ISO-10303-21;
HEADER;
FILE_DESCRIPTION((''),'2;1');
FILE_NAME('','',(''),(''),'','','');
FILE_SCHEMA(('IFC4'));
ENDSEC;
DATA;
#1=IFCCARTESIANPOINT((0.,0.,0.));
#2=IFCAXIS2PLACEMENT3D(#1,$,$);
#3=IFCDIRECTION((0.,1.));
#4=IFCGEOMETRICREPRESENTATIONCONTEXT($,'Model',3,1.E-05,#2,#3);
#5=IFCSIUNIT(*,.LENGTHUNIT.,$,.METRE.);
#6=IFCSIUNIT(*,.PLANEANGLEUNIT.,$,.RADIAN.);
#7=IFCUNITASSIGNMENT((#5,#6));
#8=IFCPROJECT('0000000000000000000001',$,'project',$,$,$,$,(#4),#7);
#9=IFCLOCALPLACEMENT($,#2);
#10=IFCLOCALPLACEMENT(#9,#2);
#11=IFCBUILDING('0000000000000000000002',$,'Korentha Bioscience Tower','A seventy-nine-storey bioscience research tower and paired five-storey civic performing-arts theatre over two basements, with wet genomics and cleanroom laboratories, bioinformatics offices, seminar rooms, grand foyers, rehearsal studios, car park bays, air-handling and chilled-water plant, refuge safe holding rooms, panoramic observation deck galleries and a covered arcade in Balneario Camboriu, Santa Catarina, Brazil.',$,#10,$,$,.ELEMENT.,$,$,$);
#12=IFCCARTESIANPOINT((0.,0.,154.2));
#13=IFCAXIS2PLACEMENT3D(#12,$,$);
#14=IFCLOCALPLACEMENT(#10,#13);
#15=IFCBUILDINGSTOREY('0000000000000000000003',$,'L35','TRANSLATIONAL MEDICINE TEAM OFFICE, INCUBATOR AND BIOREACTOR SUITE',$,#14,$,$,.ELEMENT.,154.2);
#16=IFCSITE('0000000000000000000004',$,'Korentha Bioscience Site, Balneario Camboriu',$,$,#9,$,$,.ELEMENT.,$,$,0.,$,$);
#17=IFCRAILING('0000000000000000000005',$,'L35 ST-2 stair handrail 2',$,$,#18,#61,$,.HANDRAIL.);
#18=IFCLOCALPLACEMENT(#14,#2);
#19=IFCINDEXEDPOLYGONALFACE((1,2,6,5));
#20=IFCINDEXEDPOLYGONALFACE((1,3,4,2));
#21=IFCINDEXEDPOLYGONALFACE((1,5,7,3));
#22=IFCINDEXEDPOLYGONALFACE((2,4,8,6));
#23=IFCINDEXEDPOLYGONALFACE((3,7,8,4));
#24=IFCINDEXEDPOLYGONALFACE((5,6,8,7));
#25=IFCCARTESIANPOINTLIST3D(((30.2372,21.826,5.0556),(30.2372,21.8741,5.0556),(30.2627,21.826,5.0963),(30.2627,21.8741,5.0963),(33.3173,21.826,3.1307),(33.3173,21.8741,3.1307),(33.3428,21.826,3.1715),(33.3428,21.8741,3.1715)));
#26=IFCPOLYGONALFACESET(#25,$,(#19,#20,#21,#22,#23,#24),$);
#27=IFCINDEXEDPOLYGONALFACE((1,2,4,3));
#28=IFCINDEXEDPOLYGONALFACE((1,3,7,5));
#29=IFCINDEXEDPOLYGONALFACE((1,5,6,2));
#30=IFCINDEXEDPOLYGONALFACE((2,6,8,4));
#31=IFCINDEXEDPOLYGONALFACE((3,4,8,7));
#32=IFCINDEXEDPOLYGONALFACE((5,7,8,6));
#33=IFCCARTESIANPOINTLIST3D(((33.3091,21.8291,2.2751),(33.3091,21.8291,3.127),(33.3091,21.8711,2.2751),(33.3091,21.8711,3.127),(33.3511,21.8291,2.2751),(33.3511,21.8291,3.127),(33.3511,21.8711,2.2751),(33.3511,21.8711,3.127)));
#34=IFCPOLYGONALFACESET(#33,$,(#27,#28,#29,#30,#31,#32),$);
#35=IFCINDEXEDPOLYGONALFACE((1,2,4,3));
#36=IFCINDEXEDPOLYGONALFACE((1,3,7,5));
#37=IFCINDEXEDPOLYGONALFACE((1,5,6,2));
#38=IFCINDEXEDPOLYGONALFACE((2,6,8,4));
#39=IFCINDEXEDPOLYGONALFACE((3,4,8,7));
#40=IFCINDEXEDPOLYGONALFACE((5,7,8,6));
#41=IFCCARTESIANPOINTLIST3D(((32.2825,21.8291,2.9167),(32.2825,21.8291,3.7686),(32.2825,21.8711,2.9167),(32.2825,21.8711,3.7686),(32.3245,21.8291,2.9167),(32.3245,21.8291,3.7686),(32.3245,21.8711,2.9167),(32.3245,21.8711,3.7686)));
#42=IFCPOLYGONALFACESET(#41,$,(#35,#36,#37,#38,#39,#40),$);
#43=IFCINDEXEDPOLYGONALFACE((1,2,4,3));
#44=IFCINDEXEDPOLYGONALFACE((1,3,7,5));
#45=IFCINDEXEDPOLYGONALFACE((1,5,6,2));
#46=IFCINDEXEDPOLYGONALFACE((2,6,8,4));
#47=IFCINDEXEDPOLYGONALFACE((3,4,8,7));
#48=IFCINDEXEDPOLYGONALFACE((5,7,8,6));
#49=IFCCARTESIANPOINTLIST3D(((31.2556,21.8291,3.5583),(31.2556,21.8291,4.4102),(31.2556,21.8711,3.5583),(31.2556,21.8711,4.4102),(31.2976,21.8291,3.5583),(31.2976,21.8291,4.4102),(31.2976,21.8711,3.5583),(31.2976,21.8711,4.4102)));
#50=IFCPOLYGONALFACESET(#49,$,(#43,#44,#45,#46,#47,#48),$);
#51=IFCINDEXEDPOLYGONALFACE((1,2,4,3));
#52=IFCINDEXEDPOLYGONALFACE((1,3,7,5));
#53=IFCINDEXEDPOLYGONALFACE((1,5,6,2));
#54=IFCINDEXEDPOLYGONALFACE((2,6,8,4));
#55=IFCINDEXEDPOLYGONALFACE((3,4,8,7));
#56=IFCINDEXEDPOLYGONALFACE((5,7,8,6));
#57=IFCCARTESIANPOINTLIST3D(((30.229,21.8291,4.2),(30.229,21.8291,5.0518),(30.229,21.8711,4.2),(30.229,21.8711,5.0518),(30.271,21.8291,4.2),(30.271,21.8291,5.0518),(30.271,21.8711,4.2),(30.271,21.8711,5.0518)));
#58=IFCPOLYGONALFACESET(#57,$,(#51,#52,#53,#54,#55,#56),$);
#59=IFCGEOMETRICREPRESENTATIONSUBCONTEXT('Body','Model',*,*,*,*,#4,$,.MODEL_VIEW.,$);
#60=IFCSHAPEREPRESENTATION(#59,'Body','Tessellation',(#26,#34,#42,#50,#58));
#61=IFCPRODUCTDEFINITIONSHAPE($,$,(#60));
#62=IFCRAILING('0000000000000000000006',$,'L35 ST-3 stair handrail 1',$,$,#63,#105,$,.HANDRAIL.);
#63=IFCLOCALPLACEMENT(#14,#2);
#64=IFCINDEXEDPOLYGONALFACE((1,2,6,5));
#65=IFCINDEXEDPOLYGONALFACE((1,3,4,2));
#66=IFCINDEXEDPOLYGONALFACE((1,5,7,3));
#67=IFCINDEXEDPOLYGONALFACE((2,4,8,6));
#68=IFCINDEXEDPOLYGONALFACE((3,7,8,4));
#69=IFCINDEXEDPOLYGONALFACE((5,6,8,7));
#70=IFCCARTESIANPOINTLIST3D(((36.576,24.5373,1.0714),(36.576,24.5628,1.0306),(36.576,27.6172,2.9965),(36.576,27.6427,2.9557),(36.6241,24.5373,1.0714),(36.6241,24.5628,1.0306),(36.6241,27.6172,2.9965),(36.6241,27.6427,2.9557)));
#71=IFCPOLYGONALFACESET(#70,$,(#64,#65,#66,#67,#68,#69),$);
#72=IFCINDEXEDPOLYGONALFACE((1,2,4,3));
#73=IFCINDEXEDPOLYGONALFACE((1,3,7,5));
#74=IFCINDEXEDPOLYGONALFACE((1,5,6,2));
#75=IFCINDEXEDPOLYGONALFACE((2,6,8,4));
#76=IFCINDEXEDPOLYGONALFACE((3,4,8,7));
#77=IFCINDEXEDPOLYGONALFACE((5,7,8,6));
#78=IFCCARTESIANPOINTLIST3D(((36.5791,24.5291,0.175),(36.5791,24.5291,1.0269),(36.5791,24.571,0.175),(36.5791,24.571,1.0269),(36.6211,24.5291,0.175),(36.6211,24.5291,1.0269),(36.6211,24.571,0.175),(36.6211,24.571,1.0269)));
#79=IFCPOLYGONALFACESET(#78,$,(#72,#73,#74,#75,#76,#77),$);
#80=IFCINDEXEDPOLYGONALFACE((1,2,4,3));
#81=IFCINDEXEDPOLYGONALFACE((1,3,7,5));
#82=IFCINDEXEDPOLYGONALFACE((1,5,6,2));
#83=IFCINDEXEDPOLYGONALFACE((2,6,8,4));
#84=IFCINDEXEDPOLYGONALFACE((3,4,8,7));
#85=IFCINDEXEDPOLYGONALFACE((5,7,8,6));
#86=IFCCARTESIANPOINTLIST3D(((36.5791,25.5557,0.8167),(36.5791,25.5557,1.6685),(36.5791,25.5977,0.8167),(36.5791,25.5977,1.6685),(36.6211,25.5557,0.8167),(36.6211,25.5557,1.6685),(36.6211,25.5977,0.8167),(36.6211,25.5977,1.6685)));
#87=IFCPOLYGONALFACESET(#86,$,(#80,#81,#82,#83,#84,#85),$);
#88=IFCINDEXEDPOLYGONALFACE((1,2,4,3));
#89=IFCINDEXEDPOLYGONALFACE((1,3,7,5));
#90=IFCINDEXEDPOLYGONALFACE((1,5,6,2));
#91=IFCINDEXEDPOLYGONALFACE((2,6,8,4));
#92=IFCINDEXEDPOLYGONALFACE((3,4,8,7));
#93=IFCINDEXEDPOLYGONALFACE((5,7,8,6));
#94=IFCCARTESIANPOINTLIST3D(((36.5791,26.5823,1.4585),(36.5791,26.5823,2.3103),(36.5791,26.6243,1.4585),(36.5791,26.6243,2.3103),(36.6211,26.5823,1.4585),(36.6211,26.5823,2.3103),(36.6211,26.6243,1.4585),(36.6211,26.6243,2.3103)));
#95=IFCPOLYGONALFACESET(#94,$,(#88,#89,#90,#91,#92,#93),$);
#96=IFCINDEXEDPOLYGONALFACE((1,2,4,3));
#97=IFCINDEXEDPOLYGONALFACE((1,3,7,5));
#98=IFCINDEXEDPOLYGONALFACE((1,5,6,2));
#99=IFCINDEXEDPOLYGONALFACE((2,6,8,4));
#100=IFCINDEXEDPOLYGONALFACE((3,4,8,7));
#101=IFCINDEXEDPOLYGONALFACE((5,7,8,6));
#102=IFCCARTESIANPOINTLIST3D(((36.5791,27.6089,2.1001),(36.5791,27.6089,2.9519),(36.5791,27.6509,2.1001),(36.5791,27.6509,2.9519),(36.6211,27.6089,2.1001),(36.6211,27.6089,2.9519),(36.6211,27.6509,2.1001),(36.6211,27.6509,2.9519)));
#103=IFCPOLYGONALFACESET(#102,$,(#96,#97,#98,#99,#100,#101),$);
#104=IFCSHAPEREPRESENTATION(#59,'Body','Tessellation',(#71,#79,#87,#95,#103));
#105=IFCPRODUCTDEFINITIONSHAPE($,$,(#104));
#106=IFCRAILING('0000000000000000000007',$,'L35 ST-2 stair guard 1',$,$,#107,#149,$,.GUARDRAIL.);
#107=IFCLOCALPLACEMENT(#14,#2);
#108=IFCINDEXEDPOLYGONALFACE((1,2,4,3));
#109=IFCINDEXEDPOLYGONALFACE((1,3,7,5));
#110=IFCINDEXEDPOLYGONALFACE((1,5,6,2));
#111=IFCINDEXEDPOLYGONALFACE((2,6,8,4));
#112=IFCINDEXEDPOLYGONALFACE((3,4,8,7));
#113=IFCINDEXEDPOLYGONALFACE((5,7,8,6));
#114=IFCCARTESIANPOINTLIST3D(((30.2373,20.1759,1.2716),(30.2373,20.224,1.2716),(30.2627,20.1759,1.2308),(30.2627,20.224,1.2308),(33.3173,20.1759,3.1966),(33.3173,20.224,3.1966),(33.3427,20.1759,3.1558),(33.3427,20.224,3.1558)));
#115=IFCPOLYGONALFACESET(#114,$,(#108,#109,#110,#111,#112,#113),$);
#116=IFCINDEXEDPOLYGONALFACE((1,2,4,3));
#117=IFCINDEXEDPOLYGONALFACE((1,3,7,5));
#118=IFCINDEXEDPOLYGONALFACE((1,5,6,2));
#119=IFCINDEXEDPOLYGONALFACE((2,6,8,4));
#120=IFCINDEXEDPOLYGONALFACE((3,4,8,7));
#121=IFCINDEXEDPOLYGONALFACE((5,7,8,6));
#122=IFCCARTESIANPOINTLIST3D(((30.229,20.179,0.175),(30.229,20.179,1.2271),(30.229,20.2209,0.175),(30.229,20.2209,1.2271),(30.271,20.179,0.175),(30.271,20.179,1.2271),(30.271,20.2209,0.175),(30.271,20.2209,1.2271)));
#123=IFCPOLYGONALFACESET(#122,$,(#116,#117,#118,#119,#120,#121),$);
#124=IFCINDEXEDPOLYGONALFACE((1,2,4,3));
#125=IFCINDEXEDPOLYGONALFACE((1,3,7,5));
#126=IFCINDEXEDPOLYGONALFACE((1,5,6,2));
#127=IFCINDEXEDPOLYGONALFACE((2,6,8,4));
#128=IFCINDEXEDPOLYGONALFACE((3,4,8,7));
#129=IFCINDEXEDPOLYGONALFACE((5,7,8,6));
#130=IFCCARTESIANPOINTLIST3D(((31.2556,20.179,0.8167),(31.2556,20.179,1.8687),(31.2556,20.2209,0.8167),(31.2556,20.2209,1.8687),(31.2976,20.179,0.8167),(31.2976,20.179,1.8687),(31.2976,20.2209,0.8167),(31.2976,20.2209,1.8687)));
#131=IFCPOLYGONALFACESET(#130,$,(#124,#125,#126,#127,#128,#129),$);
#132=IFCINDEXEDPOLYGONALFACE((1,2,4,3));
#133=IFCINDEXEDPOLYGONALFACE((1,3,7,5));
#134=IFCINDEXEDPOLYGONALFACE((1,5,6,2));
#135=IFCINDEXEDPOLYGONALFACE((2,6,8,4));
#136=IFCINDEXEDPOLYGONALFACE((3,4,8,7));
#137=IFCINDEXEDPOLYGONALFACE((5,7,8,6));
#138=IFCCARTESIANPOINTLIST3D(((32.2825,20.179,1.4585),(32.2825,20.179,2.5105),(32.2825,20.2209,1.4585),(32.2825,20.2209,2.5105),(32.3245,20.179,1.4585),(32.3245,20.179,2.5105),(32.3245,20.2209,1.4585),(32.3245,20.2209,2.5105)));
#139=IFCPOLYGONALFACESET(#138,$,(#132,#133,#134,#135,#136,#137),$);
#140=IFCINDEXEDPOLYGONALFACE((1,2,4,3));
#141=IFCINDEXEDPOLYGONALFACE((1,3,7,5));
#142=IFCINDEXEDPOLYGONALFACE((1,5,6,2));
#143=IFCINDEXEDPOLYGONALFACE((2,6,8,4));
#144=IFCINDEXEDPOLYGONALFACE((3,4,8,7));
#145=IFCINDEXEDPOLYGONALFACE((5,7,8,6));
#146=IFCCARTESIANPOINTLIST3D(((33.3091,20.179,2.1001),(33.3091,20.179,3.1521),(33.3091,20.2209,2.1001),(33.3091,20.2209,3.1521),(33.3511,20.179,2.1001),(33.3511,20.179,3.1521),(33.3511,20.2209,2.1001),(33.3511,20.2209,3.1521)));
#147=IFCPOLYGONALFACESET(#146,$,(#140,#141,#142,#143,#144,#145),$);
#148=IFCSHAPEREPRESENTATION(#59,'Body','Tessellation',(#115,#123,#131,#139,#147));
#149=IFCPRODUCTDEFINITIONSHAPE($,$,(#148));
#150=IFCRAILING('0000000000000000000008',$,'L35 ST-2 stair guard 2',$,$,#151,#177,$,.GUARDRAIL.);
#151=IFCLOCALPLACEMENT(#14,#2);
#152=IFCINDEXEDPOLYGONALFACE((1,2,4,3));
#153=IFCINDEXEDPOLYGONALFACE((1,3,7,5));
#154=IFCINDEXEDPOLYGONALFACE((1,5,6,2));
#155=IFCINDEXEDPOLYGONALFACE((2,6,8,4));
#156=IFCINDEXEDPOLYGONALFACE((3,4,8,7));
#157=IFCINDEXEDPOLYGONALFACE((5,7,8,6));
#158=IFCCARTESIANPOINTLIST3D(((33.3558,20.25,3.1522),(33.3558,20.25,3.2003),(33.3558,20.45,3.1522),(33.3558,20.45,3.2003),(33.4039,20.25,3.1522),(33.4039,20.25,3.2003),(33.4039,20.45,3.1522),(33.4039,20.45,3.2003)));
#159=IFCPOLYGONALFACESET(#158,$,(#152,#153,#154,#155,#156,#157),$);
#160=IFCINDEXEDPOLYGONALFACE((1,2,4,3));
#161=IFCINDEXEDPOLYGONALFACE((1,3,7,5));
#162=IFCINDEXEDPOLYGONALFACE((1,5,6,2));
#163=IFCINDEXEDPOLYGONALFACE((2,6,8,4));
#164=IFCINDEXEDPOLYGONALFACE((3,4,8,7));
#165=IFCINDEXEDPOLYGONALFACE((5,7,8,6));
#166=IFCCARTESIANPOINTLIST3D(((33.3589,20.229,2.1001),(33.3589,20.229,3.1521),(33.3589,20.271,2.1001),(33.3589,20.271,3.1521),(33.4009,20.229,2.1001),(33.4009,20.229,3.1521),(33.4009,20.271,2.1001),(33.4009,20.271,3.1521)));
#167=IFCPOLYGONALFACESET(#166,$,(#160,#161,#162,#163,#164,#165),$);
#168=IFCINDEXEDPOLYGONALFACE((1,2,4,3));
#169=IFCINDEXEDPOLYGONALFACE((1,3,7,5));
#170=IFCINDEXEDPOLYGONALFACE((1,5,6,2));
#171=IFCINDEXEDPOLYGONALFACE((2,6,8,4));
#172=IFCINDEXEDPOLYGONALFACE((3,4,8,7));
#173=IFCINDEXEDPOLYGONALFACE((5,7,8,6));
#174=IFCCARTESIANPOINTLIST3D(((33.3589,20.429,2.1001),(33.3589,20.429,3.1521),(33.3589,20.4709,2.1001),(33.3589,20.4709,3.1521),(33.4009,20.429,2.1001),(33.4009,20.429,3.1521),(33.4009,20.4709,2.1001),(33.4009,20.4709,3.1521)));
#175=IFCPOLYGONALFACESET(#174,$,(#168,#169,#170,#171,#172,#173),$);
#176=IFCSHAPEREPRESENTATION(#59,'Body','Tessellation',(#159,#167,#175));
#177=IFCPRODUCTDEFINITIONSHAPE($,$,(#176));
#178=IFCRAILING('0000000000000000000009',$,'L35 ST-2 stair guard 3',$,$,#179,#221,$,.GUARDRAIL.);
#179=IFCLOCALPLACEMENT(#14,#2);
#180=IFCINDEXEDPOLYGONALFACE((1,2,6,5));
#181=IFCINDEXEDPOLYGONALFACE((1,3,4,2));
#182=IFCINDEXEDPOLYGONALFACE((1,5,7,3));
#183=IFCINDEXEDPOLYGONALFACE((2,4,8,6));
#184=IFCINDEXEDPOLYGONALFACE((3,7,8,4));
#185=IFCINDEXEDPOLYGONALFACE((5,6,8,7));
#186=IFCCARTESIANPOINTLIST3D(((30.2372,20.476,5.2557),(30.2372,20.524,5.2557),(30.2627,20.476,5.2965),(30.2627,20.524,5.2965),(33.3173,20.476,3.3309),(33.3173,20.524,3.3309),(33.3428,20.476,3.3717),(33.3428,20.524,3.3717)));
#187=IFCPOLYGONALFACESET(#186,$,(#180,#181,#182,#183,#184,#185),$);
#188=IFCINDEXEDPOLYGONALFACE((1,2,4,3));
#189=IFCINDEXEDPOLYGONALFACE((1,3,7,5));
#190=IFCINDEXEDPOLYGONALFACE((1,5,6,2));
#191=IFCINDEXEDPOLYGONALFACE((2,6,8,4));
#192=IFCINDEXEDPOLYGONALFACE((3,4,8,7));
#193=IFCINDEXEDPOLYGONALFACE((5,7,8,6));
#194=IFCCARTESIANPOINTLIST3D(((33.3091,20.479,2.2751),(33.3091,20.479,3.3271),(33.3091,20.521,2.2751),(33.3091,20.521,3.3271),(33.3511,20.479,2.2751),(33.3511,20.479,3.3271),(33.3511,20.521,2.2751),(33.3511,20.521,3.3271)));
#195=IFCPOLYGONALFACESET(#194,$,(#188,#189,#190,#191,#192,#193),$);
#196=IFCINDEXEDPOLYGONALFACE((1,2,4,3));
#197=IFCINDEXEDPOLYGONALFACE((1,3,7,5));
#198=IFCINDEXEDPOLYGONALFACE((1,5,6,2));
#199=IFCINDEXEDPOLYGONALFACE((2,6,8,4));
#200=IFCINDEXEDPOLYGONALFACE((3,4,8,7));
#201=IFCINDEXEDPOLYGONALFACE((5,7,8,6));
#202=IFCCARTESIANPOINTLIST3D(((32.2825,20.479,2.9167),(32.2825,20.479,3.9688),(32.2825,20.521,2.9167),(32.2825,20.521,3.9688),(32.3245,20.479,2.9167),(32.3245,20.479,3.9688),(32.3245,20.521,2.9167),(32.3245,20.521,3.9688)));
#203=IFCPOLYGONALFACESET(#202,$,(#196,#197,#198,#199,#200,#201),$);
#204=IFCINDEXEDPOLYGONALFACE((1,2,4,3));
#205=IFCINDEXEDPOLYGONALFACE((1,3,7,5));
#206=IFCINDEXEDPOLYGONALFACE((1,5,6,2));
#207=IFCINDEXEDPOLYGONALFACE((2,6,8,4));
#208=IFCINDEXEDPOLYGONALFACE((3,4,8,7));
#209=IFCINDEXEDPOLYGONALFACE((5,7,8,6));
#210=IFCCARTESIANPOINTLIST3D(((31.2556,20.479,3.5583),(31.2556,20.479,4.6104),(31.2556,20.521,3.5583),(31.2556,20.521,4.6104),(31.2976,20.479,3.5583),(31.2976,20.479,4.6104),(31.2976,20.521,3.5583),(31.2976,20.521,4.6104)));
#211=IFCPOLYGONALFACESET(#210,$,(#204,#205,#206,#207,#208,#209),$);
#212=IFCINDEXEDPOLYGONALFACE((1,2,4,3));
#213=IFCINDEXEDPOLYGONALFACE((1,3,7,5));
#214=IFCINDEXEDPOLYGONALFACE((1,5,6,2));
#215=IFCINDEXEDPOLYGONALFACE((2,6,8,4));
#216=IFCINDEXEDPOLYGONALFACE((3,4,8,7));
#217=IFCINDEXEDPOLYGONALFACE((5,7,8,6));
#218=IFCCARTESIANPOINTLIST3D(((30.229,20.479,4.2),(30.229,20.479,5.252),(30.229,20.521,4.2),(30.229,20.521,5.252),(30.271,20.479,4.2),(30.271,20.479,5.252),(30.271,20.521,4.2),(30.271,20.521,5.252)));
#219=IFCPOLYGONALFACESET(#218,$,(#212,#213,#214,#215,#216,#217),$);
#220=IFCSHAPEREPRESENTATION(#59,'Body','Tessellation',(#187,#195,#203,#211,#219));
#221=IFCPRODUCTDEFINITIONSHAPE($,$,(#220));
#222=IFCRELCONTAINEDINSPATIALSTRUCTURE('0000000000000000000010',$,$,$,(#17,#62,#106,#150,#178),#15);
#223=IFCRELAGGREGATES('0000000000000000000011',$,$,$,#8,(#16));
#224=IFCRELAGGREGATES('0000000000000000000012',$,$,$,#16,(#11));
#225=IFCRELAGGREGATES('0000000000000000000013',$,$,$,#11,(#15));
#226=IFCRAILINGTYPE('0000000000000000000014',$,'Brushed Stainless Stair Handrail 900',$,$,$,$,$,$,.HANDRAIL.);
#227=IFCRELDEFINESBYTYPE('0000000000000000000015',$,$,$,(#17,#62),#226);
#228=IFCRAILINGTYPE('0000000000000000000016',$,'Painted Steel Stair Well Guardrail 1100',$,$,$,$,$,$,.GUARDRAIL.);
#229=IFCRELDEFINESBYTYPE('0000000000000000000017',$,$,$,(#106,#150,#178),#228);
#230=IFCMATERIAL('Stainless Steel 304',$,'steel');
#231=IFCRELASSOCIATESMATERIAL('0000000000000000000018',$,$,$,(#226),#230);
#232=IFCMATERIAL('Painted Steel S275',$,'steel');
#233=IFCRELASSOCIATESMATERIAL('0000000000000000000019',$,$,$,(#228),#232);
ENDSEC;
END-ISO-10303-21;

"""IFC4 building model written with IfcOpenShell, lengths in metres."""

from ifc_helpers import new_model, si_unit, direction, frame, origin, origin_2d, place, context, subcontext, project, spatial, rectangle, extrude, material, type_object, element, save


model = new_model("IFC4")

# Units and contexts
model_context = context("Model", 3, precision=1e-05, world=origin(), true_north=direction((0.0, 1.0)))
body_context = subcontext(model_context, "Body", "Model", "MODEL_VIEW")
ifc_project = project(units=[si_unit("LENGTHUNIT", "METRE"), si_unit("PLANEANGLEUNIT", "RADIAN")], contexts=[model_context])

# Site, building, storey
site_placement = place(None, origin())
site = spatial("IfcSite", under=ifc_project, at=site_placement, Name="Korentha Bioscience Site, Balneario Camboriu", CompositionType="ELEMENT", RefElevation=0.0)
building_placement = place(site_placement, origin())
building = spatial("IfcBuilding", under=site, at=building_placement, Name="Korentha Bioscience Tower", Description="A seventy-nine-storey bioscience research tower and paired five-storey civic performing-arts theatre over two basements, with wet genomics and cleanroom laboratories, bioinformatics offices, seminar rooms, grand foyers, rehearsal studios, car park bays, air-handling and chilled-water plant, refuge safe holding rooms, panoramic observation deck galleries and a covered arcade in Balneario Camboriu, Santa Catarina, Brazil.", CompositionType="ELEMENT")
storey_placement = place(building_placement, frame((0.0, 0.0, 154.2)))
storey = spatial("IfcBuildingStorey", under=building, at=storey_placement, Name="L35", Description="TRANSLATIONAL MEDICINE TEAM OFFICE, INCUBATOR AND BIOREACTOR SUITE", CompositionType="ELEMENT", Elevation=154.2)

# Railings
ifc_material_1 = material(Name="Stainless Steel 304", Category="steel")
railing_type_1 = type_object("IfcRailingType", Name="Brushed Stainless Stair Handrail 900", PredefinedType="HANDRAIL", material=ifc_material_1)
railing_1_placement = place(storey_placement, frame((33.3301, 21.8501, 2.2751)))
element("IfcRailing", 1, at=railing_1_placement, inside=storey, type_object=railing_type_1, Name="L35 ST-2 stair handrail 2", PredefinedType="HANDRAIL", context=body_context, shape_type="SweptSolid", body=[
    extrude(rectangle(XDim=0.0481, YDim=0.0481, at=origin_2d()), frame((0.0, 0.0, 0.876), z_axis=(-0.848029, 0.0, 0.529951), x_axis=(0.0, -1.0, 0.0)), (0.0, 0.0, 1.0), 3.6321),
    extrude(rectangle(XDim=0.042, YDim=0.042, at=origin_2d()), origin(), (0.0, 0.0, 1.0), 0.8518),
    extrude(rectangle(XDim=0.042, YDim=0.042, at=origin_2d()), frame((-1.0266, 0.0, 0.6416)), (0.0, 0.0, 1.0), 0.8518),
    extrude(rectangle(XDim=0.042, YDim=0.042, at=origin_2d()), frame((-2.0535, 0.0, 1.2832)), (0.0, 0.0, 1.0), 0.8518),
    extrude(rectangle(XDim=0.042, YDim=0.042, at=origin_2d()), frame((-3.0801, 0.0, 1.9248)), (0.0, 0.0, 1.0), 0.8518),
])
railing_2_placement = place(storey_placement, frame((36.6001, 24.55, 0.175)))
element("IfcRailing", 2, at=railing_2_placement, inside=storey, type_object=railing_type_1, Name="L35 ST-3 stair handrail 1", PredefinedType="HANDRAIL", context=body_context, shape_type="SweptSolid", body=[
    extrude(rectangle(XDim=0.0481, YDim=0.0481, at=origin_2d()), frame((0.0, 0.0, 0.876), z_axis=(0.0, 0.847979, 0.530029), x_axis=(-1.0, 0.0, 0.0)), (0.0, 0.0, 1.0), 3.6321),
    extrude(rectangle(XDim=0.042, YDim=0.042, at=origin_2d()), origin(), (0.0, 0.0, 1.0), 0.8518),
    extrude(rectangle(XDim=0.042, YDim=0.042, at=origin_2d()), frame((0.0, 1.0266, 0.6416)), (0.0, 0.0, 1.0), 0.8518),
    extrude(rectangle(XDim=0.042, YDim=0.042, at=origin_2d()), frame((0.0, 2.0532, 1.2834)), (0.0, 0.0, 1.0), 0.8518),
    extrude(rectangle(XDim=0.042, YDim=0.042, at=origin_2d()), frame((0.0, 3.0798, 1.925)), (0.0, 0.0, 1.0), 0.8518),
])
ifc_material_2 = material(Name="Painted Steel S275", Category="steel")
railing_type_2 = type_object("IfcRailingType", Name="Painted Steel Stair Well Guardrail 1100", PredefinedType="GUARDRAIL", material=ifc_material_2)
railing_3_placement = place(storey_placement, frame((30.25, 20.2, 0.175)))
element("IfcRailing", 3, at=railing_3_placement, inside=storey, type_object=railing_type_2, Name="L35 ST-2 stair guard 1", PredefinedType="GUARDRAIL", context=body_context, shape_type="SweptSolid", body=[
    extrude(rectangle(XDim=0.0481, YDim=0.0481, at=origin_2d()), frame((0.0, 0.0, 1.0762), z_axis=(0.847998, 0.0, 0.529999), x_axis=(0.0, 1.0, 0.0)), (0.0, 0.0, 1.0), 3.6321),
    extrude(rectangle(XDim=0.042, YDim=0.042, at=origin_2d()), origin(), (0.0, 0.0, 1.0), 1.052),
    extrude(rectangle(XDim=0.042, YDim=0.042, at=origin_2d()), frame((1.0266, 0.0, 0.6416)), (0.0, 0.0, 1.0), 1.052),
    extrude(rectangle(XDim=0.042, YDim=0.042, at=origin_2d()), frame((2.0535, 0.0, 1.2834)), (0.0, 0.0, 1.0), 1.052),
    extrude(rectangle(XDim=0.042, YDim=0.042, at=origin_2d()), frame((3.0801, 0.0, 1.925)), (0.0, 0.0, 1.0), 1.052),
])
railing_4_placement = place(storey_placement, frame((33.3799, 20.25, 2.1001)))
element("IfcRailing", 4, at=railing_4_placement, inside=storey, type_object=railing_type_2, Name="L35 ST-2 stair guard 2", PredefinedType="GUARDRAIL", context=body_context, shape_type="SweptSolid", body=[
    extrude(rectangle(XDim=0.0481, YDim=0.0481, at=origin_2d()), frame((0.0, 0.0, 1.0762), z_axis=(0.0, 1.0, 0.0), x_axis=(-1.0, 0.0, 0.0)), (0.0, 0.0, 1.0), 0.2),
    extrude(rectangle(XDim=0.042, YDim=0.042, at=origin_2d()), origin(), (0.0, 0.0, 1.0), 1.052),
    extrude(rectangle(XDim=0.042, YDim=0.042, at=origin_2d()), frame((0.0, 0.2, 0.0)), (0.0, 0.0, 1.0), 1.052),
])
railing_5_placement = place(storey_placement, frame((33.3301, 20.5, 2.2751)))
element("IfcRailing", 5, at=railing_5_placement, inside=storey, type_object=railing_type_2, Name="L35 ST-2 stair guard 3", PredefinedType="GUARDRAIL", context=body_context, shape_type="SweptSolid", body=[
    extrude(rectangle(XDim=0.0481, YDim=0.0481, at=origin_2d()), frame((0.0, 0.0, 1.0762), z_axis=(-0.848029, 0.0, 0.529951), x_axis=(0.0, -1.0, 0.0)), (0.0, 0.0, 1.0), 3.6321),
    extrude(rectangle(XDim=0.042, YDim=0.042, at=origin_2d()), origin(), (0.0, 0.0, 1.0), 1.052),
    extrude(rectangle(XDim=0.042, YDim=0.042, at=origin_2d()), frame((-1.0266, 0.0, 0.6416)), (0.0, 0.0, 1.0), 1.052),
    extrude(rectangle(XDim=0.042, YDim=0.042, at=origin_2d()), frame((-2.0535, 0.0, 1.2832)), (0.0, 0.0, 1.0), 1.052),
    extrude(rectangle(XDim=0.042, YDim=0.042, at=origin_2d()), frame((-3.0801, 0.0, 1.9248)), (0.0, 0.0, 1.0), 1.052),
])

save(model, "model.ifc")
